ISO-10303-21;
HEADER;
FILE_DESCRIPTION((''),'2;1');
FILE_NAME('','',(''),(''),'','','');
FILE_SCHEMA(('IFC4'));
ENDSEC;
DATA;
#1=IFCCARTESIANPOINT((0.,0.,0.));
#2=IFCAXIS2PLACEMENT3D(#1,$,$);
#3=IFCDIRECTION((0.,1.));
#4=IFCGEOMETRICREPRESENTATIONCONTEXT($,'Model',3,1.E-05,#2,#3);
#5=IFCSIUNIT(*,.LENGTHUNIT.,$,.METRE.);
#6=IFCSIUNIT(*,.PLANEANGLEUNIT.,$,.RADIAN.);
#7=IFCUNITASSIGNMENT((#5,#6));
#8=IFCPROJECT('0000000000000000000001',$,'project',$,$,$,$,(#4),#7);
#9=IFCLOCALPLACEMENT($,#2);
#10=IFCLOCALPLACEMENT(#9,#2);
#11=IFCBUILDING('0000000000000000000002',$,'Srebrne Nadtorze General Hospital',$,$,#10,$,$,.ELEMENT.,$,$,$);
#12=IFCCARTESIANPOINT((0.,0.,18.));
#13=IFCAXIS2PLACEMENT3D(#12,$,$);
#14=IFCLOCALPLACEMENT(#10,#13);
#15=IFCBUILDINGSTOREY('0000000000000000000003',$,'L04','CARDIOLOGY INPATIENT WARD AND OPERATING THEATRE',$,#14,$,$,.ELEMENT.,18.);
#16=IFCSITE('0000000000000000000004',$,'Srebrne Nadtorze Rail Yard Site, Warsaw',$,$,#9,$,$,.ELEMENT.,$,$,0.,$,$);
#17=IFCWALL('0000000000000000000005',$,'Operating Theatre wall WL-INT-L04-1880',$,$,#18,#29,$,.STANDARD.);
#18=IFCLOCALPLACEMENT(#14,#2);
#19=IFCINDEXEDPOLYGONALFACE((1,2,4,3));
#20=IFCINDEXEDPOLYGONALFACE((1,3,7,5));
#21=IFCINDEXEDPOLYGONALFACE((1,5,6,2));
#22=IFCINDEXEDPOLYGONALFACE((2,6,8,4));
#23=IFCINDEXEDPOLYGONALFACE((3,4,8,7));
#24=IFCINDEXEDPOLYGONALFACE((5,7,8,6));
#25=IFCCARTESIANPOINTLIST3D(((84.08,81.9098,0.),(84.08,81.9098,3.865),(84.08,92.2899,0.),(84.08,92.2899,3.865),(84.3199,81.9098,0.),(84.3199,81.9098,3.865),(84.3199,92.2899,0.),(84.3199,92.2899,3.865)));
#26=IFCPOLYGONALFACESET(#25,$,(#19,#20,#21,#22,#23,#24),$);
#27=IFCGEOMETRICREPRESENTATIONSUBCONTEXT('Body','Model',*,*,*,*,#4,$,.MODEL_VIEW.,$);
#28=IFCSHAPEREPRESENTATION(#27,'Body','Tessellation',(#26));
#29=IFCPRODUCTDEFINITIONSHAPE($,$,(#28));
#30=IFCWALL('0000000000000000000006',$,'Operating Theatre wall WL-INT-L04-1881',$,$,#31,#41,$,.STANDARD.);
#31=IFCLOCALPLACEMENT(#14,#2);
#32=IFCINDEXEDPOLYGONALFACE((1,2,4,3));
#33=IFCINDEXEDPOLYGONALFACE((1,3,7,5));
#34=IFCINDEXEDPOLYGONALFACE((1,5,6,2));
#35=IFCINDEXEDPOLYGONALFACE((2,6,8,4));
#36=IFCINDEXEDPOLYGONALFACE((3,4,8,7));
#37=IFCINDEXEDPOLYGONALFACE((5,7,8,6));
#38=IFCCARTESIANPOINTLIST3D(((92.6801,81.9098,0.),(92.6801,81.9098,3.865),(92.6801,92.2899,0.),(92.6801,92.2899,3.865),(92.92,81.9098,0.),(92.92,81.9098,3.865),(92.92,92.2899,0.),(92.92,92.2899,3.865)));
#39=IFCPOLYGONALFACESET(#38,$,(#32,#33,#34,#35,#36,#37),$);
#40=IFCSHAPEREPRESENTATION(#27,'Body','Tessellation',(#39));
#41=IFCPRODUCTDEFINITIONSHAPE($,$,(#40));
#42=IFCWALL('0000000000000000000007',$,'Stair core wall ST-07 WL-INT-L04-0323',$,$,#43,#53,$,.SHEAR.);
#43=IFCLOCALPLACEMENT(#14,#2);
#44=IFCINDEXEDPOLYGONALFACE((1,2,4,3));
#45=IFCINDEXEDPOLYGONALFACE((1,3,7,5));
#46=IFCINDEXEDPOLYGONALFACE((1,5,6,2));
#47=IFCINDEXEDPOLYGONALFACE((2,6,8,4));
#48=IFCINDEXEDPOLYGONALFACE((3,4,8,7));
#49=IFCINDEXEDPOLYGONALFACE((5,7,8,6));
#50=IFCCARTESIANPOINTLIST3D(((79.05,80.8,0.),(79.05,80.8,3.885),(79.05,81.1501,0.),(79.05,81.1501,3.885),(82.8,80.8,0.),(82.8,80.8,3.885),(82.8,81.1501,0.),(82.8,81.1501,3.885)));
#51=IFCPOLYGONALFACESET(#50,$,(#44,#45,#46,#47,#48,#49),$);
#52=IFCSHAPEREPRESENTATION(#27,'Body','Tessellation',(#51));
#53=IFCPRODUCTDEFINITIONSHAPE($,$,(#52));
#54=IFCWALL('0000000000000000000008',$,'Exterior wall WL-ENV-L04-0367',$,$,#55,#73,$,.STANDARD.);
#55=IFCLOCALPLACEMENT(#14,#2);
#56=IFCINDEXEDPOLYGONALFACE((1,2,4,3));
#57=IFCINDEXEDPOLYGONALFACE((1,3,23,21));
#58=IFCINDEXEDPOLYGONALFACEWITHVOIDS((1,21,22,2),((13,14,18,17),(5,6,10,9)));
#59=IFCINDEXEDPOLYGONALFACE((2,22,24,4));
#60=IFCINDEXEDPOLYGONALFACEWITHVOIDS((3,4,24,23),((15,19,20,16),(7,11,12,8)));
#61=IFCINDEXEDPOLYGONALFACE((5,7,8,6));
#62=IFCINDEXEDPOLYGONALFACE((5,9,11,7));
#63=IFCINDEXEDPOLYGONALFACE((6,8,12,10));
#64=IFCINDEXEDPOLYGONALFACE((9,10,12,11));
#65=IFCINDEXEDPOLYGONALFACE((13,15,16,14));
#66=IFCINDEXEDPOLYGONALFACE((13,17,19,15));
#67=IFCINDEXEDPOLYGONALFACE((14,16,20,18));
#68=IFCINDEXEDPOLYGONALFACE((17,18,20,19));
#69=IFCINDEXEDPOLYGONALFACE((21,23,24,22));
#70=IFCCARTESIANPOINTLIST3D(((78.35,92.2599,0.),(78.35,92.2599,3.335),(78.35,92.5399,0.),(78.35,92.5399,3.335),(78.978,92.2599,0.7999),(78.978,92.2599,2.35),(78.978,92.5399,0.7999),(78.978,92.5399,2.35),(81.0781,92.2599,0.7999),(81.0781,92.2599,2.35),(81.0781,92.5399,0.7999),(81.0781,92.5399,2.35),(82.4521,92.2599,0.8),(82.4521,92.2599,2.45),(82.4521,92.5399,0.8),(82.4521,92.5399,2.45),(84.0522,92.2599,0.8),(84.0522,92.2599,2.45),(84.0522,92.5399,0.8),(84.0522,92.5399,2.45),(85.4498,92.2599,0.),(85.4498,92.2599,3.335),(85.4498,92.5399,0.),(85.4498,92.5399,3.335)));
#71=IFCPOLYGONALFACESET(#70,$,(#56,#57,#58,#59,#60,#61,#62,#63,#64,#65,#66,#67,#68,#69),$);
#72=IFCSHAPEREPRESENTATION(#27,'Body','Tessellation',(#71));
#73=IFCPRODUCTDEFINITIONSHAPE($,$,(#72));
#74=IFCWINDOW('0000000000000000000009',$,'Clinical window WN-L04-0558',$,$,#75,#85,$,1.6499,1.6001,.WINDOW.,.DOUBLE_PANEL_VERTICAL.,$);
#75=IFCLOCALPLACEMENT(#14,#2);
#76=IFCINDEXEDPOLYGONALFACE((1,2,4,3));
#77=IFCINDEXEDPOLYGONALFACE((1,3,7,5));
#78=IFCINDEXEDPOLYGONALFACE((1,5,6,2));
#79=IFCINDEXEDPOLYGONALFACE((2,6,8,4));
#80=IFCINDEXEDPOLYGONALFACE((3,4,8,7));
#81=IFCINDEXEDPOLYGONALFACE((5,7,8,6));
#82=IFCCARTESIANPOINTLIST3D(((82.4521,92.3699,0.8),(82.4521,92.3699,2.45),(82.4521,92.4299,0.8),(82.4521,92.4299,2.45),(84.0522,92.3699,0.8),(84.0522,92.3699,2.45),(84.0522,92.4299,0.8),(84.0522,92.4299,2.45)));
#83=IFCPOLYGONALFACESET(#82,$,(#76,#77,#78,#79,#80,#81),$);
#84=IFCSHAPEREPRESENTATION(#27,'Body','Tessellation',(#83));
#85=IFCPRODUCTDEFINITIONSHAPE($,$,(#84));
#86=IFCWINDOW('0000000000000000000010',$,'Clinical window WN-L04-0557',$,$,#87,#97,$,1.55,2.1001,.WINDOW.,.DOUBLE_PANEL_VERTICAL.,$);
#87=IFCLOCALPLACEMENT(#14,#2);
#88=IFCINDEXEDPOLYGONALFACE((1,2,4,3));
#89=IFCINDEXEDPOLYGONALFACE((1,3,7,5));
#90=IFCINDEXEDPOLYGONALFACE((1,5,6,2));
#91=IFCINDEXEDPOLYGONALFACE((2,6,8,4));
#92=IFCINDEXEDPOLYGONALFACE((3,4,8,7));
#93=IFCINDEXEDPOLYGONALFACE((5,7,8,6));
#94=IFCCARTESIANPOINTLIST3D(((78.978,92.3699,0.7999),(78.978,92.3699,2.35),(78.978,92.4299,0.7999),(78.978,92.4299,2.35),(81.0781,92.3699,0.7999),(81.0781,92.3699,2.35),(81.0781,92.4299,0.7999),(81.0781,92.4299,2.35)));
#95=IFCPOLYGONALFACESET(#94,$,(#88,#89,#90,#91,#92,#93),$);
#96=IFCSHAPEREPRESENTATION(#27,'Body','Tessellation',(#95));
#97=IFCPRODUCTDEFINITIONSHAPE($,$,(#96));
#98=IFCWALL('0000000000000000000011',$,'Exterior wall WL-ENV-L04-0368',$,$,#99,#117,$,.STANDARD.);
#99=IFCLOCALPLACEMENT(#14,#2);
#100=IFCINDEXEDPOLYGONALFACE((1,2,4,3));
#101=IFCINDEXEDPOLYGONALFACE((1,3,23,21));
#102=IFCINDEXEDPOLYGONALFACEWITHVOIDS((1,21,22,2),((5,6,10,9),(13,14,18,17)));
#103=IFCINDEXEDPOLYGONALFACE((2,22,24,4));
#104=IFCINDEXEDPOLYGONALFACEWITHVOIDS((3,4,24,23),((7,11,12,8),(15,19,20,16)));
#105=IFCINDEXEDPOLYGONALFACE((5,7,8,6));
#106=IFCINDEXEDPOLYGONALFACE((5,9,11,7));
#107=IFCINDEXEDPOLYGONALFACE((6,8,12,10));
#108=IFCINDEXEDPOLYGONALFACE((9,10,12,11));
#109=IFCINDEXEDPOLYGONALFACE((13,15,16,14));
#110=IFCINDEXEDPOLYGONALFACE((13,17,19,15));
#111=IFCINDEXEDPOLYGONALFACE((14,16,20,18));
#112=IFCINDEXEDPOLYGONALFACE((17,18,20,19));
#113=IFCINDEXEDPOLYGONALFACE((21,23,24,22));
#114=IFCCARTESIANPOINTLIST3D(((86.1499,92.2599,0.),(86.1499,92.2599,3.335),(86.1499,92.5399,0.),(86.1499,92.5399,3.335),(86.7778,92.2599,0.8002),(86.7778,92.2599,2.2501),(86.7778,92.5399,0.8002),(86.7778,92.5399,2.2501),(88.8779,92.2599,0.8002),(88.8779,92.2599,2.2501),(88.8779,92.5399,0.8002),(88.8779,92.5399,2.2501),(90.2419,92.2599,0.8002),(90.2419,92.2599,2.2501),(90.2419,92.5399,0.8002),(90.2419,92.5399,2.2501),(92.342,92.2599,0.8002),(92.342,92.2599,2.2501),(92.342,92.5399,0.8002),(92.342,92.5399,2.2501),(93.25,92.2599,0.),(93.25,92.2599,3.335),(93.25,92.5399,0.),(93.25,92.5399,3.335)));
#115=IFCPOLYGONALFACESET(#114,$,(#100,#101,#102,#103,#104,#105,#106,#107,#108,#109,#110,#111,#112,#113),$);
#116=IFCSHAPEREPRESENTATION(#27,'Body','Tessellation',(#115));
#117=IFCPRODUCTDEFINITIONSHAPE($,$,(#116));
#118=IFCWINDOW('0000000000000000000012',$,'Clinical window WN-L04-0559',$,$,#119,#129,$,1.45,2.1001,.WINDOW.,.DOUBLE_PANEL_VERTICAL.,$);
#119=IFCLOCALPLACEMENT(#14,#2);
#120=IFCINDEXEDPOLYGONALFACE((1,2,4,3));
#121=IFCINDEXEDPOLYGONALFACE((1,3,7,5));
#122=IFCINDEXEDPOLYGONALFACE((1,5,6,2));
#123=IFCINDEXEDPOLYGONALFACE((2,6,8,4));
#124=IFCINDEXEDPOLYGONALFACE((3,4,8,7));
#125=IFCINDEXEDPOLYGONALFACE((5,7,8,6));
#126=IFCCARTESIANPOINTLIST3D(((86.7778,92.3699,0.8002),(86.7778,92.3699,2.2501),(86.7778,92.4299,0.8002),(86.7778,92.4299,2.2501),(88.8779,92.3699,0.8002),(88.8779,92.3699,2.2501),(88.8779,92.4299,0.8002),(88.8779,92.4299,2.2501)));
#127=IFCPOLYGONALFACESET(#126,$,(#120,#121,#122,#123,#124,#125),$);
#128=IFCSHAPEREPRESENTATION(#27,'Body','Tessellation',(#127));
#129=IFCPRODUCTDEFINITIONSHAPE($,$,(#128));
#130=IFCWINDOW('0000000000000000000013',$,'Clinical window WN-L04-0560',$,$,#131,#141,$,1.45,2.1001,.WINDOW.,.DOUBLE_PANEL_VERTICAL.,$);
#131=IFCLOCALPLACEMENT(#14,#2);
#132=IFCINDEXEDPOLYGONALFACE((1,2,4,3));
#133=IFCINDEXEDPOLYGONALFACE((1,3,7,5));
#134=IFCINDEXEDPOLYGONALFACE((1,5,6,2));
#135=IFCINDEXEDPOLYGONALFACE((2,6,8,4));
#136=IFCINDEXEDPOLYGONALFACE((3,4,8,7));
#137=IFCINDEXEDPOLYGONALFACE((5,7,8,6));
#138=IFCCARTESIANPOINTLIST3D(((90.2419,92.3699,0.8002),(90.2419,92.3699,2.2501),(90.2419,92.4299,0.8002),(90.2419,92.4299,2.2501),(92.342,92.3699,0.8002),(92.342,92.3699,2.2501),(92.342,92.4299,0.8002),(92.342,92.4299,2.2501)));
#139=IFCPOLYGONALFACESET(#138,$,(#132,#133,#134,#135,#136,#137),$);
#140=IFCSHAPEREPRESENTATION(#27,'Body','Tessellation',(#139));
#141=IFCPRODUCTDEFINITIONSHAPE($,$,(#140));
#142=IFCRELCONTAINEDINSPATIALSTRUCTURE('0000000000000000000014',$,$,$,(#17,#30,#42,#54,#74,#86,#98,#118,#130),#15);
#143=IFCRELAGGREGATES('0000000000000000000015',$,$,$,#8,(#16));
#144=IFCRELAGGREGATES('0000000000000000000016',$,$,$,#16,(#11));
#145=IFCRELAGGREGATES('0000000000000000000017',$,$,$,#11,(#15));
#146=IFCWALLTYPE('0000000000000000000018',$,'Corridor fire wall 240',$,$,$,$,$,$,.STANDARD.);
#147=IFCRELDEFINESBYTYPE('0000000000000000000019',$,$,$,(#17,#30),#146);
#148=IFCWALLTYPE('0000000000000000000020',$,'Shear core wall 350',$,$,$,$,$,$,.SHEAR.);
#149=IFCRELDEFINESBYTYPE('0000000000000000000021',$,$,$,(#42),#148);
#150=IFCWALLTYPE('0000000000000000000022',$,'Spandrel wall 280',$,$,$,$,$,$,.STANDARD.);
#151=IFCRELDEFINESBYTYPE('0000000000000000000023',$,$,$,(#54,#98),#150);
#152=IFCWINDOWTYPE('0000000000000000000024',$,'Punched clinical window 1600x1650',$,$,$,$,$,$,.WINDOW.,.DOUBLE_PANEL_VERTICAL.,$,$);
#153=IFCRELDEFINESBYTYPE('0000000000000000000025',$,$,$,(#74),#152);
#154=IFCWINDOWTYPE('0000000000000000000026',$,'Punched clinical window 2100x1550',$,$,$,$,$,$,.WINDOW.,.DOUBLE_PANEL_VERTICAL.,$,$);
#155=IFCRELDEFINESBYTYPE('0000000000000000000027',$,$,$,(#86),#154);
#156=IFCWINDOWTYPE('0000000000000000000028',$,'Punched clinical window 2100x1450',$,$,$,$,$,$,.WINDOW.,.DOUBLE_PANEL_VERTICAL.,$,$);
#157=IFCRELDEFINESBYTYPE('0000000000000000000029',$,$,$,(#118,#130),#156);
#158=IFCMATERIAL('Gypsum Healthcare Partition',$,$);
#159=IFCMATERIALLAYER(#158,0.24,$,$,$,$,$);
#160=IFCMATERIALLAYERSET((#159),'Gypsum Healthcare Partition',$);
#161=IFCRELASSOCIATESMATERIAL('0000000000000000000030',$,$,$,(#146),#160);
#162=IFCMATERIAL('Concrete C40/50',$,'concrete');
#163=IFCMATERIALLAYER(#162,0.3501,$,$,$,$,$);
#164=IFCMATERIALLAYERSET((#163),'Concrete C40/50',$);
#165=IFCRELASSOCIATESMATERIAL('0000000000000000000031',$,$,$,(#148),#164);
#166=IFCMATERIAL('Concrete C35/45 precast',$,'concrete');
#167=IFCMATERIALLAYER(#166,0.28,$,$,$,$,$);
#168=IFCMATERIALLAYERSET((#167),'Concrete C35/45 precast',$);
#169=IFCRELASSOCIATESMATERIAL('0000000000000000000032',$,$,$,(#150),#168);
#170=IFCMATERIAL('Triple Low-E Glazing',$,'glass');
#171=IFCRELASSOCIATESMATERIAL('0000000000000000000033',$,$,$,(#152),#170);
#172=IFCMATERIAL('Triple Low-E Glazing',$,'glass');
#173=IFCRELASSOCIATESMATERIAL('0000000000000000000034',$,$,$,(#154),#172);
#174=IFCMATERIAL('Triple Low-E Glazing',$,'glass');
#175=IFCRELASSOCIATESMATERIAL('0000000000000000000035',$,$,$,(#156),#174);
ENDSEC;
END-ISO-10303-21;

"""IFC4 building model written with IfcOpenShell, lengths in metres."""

from ifc_helpers import new_model, si_unit, direction, frame, frame_2d, origin, place, context, subcontext, project, spatial, rectangle, extrude, material, layer, layer_set, type_object, element, fill, save


model = new_model("IFC4")

# Units and contexts
model_context = context("Model", 3, precision=1e-05, world=origin(), true_north=direction((0.0, 1.0)))
body_context = subcontext(model_context, "Body", "Model", "MODEL_VIEW")
ifc_project = project(units=[si_unit("LENGTHUNIT", "METRE"), si_unit("PLANEANGLEUNIT", "RADIAN")], contexts=[model_context])

# Site, building, storey
site_placement = place(None, origin())
site = spatial("IfcSite", under=ifc_project, at=site_placement, Name="Srebrne Nadtorze Rail Yard Site, Warsaw", CompositionType="ELEMENT", RefElevation=0.0)
building_placement = place(site_placement, origin())
building = spatial("IfcBuilding", under=site, at=building_placement, Name="Srebrne Nadtorze General Hospital", CompositionType="ELEMENT")
storey_placement = place(building_placement, frame((0.0, 0.0, 18.0)))
storey = spatial("IfcBuildingStorey", under=building, at=storey_placement, Name="L04", Description="CARDIOLOGY INPATIENT WARD AND OPERATING THEATRE", CompositionType="ELEMENT", Elevation=18.0)

# Shared definitions
ifc_material_1 = material(Name="Gypsum Healthcare Partition")
ifc_layer_1 = layer(ifc_material_1, 0.24)
ifc_layer_set_1 = layer_set([ifc_layer_1], Name="Gypsum Healthcare Partition")
wall_type_1 = type_object("IfcWallType", Name="Corridor fire wall 240", PredefinedType="STANDARD", material=ifc_layer_set_1)

# Walls
for number, where, z_axis, x_axis, name in (
    (1, (84.2, 81.9099, 0.0), (0.0, 0.0, 1.0), (0.0, 1.0, 0.0), "Operating Theatre wall WL-INT-L04-1880"),
    (2, (92.8, 81.9099, 0.0), (0.0, 0.0, 1.0), (0.0, 1.0, 0.0), "Operating Theatre wall WL-INT-L04-1881"),
):
    element("IfcWall", number, at=place(storey_placement, frame(where, z_axis=z_axis, x_axis=x_axis)), inside=storey, type_object=wall_type_1, Name=name, PredefinedType="STANDARD", context=body_context, shape_type="SweptSolid", body=[
        extrude(rectangle(XDim=10.3801, YDim=0.24, at=frame_2d((5.1899, 0.0))), origin(), (0.0, 0.0, 1.0), 3.865),
    ])
ifc_material_2 = material(Name="Concrete C40/50", Category="concrete")
ifc_layer_2 = layer(ifc_material_2, 0.3501)
ifc_layer_set_2 = layer_set([ifc_layer_2], Name="Concrete C40/50")
wall_type_2 = type_object("IfcWallType", Name="Shear core wall 350", PredefinedType="SHEAR", material=ifc_layer_set_2)
wall_1_placement = place(storey_placement, frame((79.05, 80.9751, 0.0), z_axis=(0.0, 0.0, 1.0), x_axis=(1.0, 0.0, 0.0)))
element("IfcWall", 3, at=wall_1_placement, inside=storey, type_object=wall_type_2, Name="Stair core wall ST-07 WL-INT-L04-0323", PredefinedType="SHEAR", context=body_context, shape_type="SweptSolid", body=[
    extrude(rectangle(XDim=3.75, YDim=0.3501, at=frame_2d((1.875, 0.0))), origin(), (0.0, 0.0, 1.0), 3.885),
])

# Walls, openings, windows
ifc_material_3 = material(Name="Concrete C35/45 precast", Category="concrete")
ifc_layer_3 = layer(ifc_material_3, 0.28)
ifc_layer_set_3 = layer_set([ifc_layer_3], Name="Concrete C35/45 precast")
wall_type_3 = type_object("IfcWallType", Name="Spandrel wall 280", PredefinedType="STANDARD", material=ifc_layer_set_3)
wall_2_placement = place(storey_placement, frame((78.3501, 92.3999, 0.0), z_axis=(0.0, 0.0, 1.0), x_axis=(1.0, 0.0, 0.0)))
wall_2 = element("IfcWall", 4, at=wall_2_placement, inside=storey, type_object=wall_type_3, Name="Exterior wall WL-ENV-L04-0367", PredefinedType="STANDARD", context=body_context, shape_type="SweptSolid", body=[
    extrude(rectangle(XDim=7.0999, YDim=0.28, at=frame_2d((3.5498, 0.0))), origin(), (0.0, 0.0, 1.0), 3.335),
])
opening_1_placement = place(wall_2_placement, frame((0.6279, 0.0, 0.8)))
opening_1 = element("IfcOpeningElement", 5, at=opening_1_placement, cuts=wall_2, PredefinedType="OPENING", context=body_context, shape_type="SweptSolid", body=[
    extrude(rectangle(XDim=2.1001, YDim=1.55, at=frame_2d((1.05, 0.7749))), frame((0.0, 0.1519, 0.0), z_axis=(0.0, -1.0, 0.0), x_axis=(1.0, 0.0, 0.0)), (0.0, 0.0, 1.0), 0.304),
])
opening_2_placement = place(wall_2_placement, frame((4.1021, 0.0, 0.8)))
opening_2 = element("IfcOpeningElement", 6, at=opening_2_placement, cuts=wall_2, PredefinedType="OPENING", context=body_context, shape_type="SweptSolid", body=[
    extrude(rectangle(XDim=1.6001, YDim=1.6499, at=frame_2d((0.8, 0.825))), frame((0.0, 0.1519, 0.0), z_axis=(0.0, -1.0, 0.0), x_axis=(1.0, 0.0, 0.0)), (0.0, 0.0, 1.0), 0.304),
])
ifc_material_4 = material(Name="Triple Low-E Glazing", Category="glass")
window_type_1 = type_object("IfcWindowType", Name="Punched clinical window 1600x1650", PartitioningType="DOUBLE_PANEL_VERTICAL", PredefinedType="WINDOW", material=ifc_material_4)
window_1_placement = place(opening_2_placement, origin())
window_1 = element("IfcWindow", 7, at=window_1_placement, inside=storey, type_object=window_type_1, Name="Clinical window WN-L04-0558", OverallHeight=1.6499, OverallWidth=1.6001, PartitioningType="DOUBLE_PANEL_VERTICAL", PredefinedType="WINDOW", context=body_context, shape_type="SweptSolid", body=[
    extrude(rectangle(XDim=1.6001, YDim=1.6499, at=frame_2d((0.8, 0.825))), frame((0.0, 0.03, 0.0), z_axis=(0.0, -1.0, 0.0), x_axis=(1.0, 0.0, 0.0)), (0.0, 0.0, 1.0), 0.0601),
])
fill(opening_2, window_1)
ifc_material_5 = material(Name="Triple Low-E Glazing", Category="glass")
window_type_2 = type_object("IfcWindowType", Name="Punched clinical window 2100x1550", PartitioningType="DOUBLE_PANEL_VERTICAL", PredefinedType="WINDOW", material=ifc_material_5)
window_2_placement = place(opening_1_placement, origin())
window_2 = element("IfcWindow", 8, at=window_2_placement, inside=storey, type_object=window_type_2, Name="Clinical window WN-L04-0557", OverallHeight=1.55, OverallWidth=2.1001, PartitioningType="DOUBLE_PANEL_VERTICAL", PredefinedType="WINDOW", context=body_context, shape_type="SweptSolid", body=[
    extrude(rectangle(XDim=2.1001, YDim=1.55, at=frame_2d((1.05, 0.7749))), frame((0.0, 0.03, 0.0), z_axis=(0.0, -1.0, 0.0), x_axis=(1.0, 0.0, 0.0)), (0.0, 0.0, 1.0), 0.0601),
])
fill(opening_1, window_2)
wall_3_placement = place(storey_placement, frame((86.1499, 92.3999, 0.0), z_axis=(0.0, 0.0, 1.0), x_axis=(1.0, 0.0, 0.0)))
wall_3 = element("IfcWall", 9, at=wall_3_placement, inside=storey, type_object=wall_type_3, Name="Exterior wall WL-ENV-L04-0368", PredefinedType="STANDARD", context=body_context, shape_type="SweptSolid", body=[
    extrude(rectangle(XDim=7.1001, YDim=0.28, at=frame_2d((3.55, 0.0))), origin(), (0.0, 0.0, 1.0), 3.335),
])
opening_3_placement = place(wall_3_placement, frame((0.6279, 0.0, 0.8)))
opening_3 = element("IfcOpeningElement", 10, at=opening_3_placement, cuts=wall_3, PredefinedType="OPENING", context=body_context, shape_type="SweptSolid", body=[
    extrude(rectangle(XDim=2.1001, YDim=1.45, at=frame_2d((1.05, 0.7251))), frame((0.0, 0.1519, 0.0), z_axis=(0.0, -1.0, 0.0), x_axis=(1.0, 0.0, 0.0)), (0.0, 0.0, 1.0), 0.304),
])
opening_4_placement = place(wall_3_placement, frame((4.092, 0.0, 0.8)))
opening_4 = element("IfcOpeningElement", 11, at=opening_4_placement, cuts=wall_3, PredefinedType="OPENING", context=body_context, shape_type="SweptSolid", body=[
    extrude(rectangle(XDim=2.1001, YDim=1.45, at=frame_2d((1.05, 0.7251))), frame((0.0, 0.1519, 0.0), z_axis=(0.0, -1.0, 0.0), x_axis=(1.0, 0.0, 0.0)), (0.0, 0.0, 1.0), 0.304),
])
ifc_material_6 = material(Name="Triple Low-E Glazing", Category="glass")
window_type_3 = type_object("IfcWindowType", Name="Punched clinical window 2100x1450", PartitioningType="DOUBLE_PANEL_VERTICAL", PredefinedType="WINDOW", material=ifc_material_6)
window_3_placement = place(opening_3_placement, origin())
window_3 = element("IfcWindow", 12, at=window_3_placement, inside=storey, type_object=window_type_3, Name="Clinical window WN-L04-0559", OverallHeight=1.45, OverallWidth=2.1001, PartitioningType="DOUBLE_PANEL_VERTICAL", PredefinedType="WINDOW", context=body_context, shape_type="SweptSolid", body=[
    extrude(rectangle(XDim=2.1001, YDim=1.45, at=frame_2d((1.05, 0.7251))), frame((0.0, 0.03, 0.0), z_axis=(0.0, -1.0, 0.0), x_axis=(1.0, 0.0, 0.0)), (0.0, 0.0, 1.0), 0.0601),
])
fill(opening_3, window_3)
window_4_placement = place(opening_4_placement, origin())
window_4 = element("IfcWindow", 13, at=window_4_placement, inside=storey, type_object=window_type_3, Name="Clinical window WN-L04-0560", OverallHeight=1.45, OverallWidth=2.1001, PartitioningType="DOUBLE_PANEL_VERTICAL", PredefinedType="WINDOW", context=body_context, shape_type="SweptSolid", body=[
    extrude(rectangle(XDim=2.1001, YDim=1.45, at=frame_2d((1.05, 0.7251))), frame((0.0, 0.03, 0.0), z_axis=(0.0, -1.0, 0.0), x_axis=(1.0, 0.0, 0.0)), (0.0, 0.0, 1.0), 0.0601),
])
fill(opening_4, window_4)

save(model, "model.ifc")
